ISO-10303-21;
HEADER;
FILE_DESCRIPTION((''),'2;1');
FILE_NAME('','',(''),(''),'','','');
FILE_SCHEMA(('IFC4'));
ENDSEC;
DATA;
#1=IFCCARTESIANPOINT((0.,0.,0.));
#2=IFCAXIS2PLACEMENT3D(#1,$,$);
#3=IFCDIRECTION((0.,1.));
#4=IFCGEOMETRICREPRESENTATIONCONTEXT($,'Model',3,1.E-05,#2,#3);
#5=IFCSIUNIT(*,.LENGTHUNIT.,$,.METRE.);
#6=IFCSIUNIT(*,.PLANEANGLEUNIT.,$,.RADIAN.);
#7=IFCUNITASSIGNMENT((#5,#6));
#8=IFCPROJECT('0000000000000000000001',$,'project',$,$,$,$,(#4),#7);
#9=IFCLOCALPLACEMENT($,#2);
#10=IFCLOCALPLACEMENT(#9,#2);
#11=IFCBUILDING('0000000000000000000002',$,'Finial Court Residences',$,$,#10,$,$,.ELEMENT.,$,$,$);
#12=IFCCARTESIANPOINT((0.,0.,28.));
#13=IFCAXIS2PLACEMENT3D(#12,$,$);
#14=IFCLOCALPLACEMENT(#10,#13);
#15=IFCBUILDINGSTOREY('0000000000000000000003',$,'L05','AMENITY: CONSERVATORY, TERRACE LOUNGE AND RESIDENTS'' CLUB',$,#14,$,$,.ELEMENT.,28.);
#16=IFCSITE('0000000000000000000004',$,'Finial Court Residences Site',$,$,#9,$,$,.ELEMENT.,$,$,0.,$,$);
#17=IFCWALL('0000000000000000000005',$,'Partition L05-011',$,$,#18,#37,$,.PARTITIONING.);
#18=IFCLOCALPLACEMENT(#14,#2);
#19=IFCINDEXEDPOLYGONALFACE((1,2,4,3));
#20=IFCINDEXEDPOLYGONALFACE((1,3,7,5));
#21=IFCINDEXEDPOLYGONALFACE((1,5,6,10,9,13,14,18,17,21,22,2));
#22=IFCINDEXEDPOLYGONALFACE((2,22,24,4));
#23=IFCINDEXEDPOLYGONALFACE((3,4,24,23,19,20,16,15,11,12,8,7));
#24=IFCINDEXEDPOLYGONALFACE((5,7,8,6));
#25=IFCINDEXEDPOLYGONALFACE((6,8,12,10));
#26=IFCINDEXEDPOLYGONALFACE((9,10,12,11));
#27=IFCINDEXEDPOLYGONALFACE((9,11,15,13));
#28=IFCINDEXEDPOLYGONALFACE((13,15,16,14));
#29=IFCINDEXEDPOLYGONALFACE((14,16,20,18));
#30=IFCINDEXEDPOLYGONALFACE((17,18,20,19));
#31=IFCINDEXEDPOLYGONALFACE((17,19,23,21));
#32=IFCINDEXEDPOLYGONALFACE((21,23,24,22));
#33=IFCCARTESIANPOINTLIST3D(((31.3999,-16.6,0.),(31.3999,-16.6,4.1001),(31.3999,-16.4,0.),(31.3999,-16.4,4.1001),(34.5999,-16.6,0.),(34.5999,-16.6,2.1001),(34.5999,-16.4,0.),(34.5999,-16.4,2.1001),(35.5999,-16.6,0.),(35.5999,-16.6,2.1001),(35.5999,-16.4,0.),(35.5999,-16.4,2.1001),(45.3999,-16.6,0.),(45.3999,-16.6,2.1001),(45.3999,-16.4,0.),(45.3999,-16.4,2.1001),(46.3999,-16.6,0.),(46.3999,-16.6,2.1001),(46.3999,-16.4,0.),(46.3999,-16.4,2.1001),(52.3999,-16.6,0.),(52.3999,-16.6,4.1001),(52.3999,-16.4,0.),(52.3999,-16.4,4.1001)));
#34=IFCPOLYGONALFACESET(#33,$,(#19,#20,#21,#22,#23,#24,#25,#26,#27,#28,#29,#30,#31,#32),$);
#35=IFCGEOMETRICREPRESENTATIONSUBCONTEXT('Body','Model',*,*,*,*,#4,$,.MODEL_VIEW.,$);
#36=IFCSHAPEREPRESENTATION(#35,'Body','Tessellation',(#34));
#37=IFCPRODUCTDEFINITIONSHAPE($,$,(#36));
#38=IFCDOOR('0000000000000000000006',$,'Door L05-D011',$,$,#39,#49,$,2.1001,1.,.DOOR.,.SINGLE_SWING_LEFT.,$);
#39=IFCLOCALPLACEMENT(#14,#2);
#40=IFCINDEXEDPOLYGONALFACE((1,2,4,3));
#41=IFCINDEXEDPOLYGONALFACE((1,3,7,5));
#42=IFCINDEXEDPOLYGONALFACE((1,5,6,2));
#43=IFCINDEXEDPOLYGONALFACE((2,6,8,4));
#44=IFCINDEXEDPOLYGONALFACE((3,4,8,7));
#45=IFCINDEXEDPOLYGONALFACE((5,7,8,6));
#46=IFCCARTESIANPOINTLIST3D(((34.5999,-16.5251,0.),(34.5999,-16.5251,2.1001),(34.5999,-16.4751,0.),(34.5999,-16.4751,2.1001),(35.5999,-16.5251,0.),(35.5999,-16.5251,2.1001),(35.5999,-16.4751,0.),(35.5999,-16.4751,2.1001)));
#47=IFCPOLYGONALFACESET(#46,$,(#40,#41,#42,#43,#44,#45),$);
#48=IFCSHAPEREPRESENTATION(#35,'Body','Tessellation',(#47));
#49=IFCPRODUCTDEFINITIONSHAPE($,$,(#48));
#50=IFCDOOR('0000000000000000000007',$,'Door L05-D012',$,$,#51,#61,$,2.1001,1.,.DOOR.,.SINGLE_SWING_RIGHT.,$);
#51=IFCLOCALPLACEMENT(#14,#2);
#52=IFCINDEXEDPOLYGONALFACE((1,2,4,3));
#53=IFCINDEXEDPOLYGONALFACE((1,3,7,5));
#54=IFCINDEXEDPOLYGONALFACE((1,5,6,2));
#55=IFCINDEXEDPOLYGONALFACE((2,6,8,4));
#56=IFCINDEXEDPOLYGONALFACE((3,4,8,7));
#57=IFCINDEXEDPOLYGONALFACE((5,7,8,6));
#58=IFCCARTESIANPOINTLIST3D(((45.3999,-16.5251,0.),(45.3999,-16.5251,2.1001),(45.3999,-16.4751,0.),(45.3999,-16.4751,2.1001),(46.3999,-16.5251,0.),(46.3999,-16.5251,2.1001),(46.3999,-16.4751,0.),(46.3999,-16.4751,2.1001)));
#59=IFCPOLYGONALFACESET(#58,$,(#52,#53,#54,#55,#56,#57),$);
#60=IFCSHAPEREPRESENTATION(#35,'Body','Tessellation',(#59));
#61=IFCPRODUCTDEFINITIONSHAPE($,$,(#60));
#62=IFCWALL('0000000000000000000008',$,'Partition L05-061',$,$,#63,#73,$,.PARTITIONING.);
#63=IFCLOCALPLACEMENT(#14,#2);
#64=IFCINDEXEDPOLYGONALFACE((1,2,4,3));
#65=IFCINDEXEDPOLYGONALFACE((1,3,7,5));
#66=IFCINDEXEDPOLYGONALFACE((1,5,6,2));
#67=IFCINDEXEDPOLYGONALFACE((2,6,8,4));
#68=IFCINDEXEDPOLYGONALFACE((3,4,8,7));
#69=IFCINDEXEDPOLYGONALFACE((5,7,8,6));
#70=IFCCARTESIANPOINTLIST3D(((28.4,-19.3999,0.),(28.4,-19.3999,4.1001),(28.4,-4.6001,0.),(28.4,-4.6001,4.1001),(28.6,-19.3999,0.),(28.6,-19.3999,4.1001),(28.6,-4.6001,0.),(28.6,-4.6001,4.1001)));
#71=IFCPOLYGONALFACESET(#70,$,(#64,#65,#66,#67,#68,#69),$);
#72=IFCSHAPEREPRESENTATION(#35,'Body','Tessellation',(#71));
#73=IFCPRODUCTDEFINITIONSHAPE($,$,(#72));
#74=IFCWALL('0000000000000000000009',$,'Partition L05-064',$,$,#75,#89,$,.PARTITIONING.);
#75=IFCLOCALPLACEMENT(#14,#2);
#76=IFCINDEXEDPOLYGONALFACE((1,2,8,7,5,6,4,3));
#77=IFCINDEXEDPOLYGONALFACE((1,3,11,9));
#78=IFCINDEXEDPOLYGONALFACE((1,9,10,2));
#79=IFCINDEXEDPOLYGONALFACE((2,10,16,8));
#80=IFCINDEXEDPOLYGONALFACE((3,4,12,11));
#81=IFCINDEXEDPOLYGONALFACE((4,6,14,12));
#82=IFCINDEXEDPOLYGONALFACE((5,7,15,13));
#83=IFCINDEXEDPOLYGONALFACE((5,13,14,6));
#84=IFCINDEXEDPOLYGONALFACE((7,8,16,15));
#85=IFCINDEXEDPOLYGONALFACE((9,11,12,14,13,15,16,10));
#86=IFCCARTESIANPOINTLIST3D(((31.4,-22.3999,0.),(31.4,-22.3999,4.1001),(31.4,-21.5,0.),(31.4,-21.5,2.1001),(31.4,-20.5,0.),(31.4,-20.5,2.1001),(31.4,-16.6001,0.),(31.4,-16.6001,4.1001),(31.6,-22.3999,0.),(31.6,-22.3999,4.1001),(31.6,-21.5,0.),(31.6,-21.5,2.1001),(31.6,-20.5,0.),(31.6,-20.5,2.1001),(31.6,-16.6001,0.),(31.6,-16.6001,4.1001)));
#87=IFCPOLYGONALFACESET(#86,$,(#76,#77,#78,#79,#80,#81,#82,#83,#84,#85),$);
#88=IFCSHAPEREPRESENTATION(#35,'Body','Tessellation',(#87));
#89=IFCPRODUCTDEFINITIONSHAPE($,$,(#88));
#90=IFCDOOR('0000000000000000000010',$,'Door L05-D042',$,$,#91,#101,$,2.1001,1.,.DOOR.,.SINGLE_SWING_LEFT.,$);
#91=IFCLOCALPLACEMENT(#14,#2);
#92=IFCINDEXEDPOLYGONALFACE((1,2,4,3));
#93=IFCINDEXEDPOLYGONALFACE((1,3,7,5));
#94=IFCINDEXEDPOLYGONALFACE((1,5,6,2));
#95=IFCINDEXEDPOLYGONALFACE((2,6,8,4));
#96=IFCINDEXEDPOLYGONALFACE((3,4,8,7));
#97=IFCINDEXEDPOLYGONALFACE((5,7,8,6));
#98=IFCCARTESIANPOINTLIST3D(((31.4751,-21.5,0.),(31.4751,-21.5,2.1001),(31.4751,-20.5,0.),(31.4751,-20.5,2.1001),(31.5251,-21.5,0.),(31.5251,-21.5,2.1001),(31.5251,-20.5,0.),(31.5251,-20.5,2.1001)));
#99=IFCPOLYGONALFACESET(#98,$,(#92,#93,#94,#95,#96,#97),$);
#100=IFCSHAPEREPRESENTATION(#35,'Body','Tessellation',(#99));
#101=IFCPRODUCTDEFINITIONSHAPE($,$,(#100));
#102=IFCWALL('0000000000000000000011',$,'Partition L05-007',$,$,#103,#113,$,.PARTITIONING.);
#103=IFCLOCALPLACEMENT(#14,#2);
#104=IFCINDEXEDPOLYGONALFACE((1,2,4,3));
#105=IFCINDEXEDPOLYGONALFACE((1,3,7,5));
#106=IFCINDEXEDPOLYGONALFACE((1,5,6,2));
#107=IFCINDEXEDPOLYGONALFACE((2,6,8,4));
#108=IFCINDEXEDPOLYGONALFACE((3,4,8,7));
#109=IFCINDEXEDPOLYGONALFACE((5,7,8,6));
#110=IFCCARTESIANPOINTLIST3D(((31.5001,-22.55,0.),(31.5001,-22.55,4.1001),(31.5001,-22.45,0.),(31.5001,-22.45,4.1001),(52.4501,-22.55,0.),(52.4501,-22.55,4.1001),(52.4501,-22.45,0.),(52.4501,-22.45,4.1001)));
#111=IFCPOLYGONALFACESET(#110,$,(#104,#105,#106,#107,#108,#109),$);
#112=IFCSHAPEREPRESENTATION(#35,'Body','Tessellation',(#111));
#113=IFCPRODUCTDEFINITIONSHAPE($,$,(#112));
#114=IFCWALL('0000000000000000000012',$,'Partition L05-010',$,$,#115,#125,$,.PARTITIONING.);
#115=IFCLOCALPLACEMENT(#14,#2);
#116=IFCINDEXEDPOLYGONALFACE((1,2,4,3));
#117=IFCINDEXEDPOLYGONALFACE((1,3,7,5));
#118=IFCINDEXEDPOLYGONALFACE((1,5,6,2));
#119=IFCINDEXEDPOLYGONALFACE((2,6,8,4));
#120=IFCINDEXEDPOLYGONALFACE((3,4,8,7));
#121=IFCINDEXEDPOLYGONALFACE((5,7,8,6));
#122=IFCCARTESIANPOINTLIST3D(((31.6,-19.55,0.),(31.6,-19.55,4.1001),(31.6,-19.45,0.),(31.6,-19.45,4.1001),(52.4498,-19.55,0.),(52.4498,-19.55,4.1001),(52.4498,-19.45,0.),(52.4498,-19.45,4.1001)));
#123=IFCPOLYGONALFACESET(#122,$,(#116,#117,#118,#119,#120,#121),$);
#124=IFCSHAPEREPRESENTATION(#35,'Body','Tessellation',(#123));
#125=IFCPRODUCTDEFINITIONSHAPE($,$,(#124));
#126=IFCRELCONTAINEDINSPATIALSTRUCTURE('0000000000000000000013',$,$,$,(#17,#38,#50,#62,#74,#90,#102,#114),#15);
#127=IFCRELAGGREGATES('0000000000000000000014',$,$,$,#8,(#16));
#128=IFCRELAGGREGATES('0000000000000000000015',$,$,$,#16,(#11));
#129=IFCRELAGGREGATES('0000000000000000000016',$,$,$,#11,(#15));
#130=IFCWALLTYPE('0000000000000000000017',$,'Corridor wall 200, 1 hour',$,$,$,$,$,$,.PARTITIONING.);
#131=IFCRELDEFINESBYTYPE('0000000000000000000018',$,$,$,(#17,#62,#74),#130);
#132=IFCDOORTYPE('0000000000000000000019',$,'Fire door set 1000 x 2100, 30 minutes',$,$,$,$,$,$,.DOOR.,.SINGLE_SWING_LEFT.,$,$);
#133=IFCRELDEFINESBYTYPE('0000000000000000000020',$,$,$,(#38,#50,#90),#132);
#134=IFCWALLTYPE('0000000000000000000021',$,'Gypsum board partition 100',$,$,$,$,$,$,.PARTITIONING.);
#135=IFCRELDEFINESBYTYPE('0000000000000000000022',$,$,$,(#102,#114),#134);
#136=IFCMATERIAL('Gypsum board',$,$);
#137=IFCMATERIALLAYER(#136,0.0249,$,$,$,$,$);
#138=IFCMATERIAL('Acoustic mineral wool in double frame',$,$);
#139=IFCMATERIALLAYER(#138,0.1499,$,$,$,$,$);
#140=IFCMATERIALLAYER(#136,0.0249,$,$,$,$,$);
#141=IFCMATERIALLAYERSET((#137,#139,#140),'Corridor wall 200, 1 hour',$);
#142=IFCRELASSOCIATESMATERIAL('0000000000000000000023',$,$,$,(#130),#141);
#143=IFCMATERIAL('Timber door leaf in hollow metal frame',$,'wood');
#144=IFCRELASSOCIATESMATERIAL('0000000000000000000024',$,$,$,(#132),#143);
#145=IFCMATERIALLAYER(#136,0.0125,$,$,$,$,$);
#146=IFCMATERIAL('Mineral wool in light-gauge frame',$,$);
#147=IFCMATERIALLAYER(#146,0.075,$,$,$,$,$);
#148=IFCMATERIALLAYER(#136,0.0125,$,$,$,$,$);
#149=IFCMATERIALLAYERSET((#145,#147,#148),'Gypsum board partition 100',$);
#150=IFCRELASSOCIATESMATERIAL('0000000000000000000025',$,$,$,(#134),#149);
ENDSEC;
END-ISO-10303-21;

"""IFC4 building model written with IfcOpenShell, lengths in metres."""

from ifc_helpers import new_model, si_unit, direction, frame, frame_2d, origin, place, context, subcontext, project, spatial, rectangle, extrude, material, layer, layer_set, type_object, element, fill, save


model = new_model("IFC4")

# Units and contexts
model_context = context("Model", 3, precision=1e-05, world=origin(), true_north=direction((0.0, 1.0)))
body_context = subcontext(model_context, "Body", "Model", "MODEL_VIEW")
ifc_project = project(units=[si_unit("LENGTHUNIT", "METRE"), si_unit("PLANEANGLEUNIT", "RADIAN")], contexts=[model_context])

# Site, building, storey
site_placement = place(None, origin())
site = spatial("IfcSite", under=ifc_project, at=site_placement, Name="Finial Court Residences Site", CompositionType="ELEMENT", RefElevation=0.0)
building_placement = place(site_placement, origin())
building = spatial("IfcBuilding", under=site, at=building_placement, Name="Finial Court Residences", CompositionType="ELEMENT")
storey_placement = place(building_placement, frame((0.0, 0.0, 28.0)))
storey = spatial("IfcBuildingStorey", under=building, at=storey_placement, Name="L05", Description="AMENITY: CONSERVATORY, TERRACE LOUNGE AND RESIDENTS' CLUB", CompositionType="ELEMENT", Elevation=28.0)

# Shared definitions
ifc_material_1 = material(Name="Gypsum board")
ifc_layer_1 = layer(ifc_material_1, 0.0249)
ifc_material_2 = material(Name="Acoustic mineral wool in double frame")
ifc_layer_2 = layer(ifc_material_2, 0.1499)
ifc_layer_3 = layer(ifc_material_1, 0.0249)
ifc_layer_set_1 = layer_set([ifc_layer_1, ifc_layer_2, ifc_layer_3], Name="Corridor wall 200, 1 hour")
wall_type_1 = type_object("IfcWallType", Name="Corridor wall 200, 1 hour", PredefinedType="PARTITIONING", material=ifc_layer_set_1)

# Wall, openings, doors
wall_1_placement = place(storey_placement, frame((31.3999, -16.5, 0.0), z_axis=(0.0, 0.0, 1.0), x_axis=(1.0, 0.0, 0.0)))
wall_1 = element("IfcWall", 1, at=wall_1_placement, inside=storey, type_object=wall_type_1, Name="Partition L05-011", PredefinedType="PARTITIONING", context=body_context, shape_type="SweptSolid", body=[
    extrude(rectangle(XDim=21.0, YDim=0.2, at=frame_2d((10.5, 0.0))), origin(), (0.0, 0.0, 1.0), 4.1001),
])
opening_1_placement = place(wall_1_placement, frame((3.2, 0.0, 0.0)))
opening_1 = element("IfcOpeningElement", 2, at=opening_1_placement, cuts=wall_1, PredefinedType="OPENING", context=body_context, shape_type="SweptSolid", body=[
    extrude(rectangle(XDim=1.0, YDim=2.1001, at=frame_2d((0.5, 1.05))), frame((0.0, 0.1099, 0.0), z_axis=(0.0, -1.0, 0.0), x_axis=(1.0, 0.0, 0.0)), (0.0, 0.0, 1.0), 0.22),
])
opening_2_placement = place(wall_1_placement, frame((14.0, 0.0, 0.0)))
opening_2 = element("IfcOpeningElement", 3, at=opening_2_placement, cuts=wall_1, PredefinedType="OPENING", context=body_context, shape_type="SweptSolid", body=[
    extrude(rectangle(XDim=1.0, YDim=2.1001, at=frame_2d((0.5, 1.05))), frame((0.0, 0.1099, 0.0), z_axis=(0.0, -1.0, 0.0), x_axis=(1.0, 0.0, 0.0)), (0.0, 0.0, 1.0), 0.22),
])
ifc_material_3 = material(Name="Timber door leaf in hollow metal frame", Category="wood")
door_type = type_object("IfcDoorType", Name="Fire door set 1000 x 2100, 30 minutes", OperationType="SINGLE_SWING_LEFT", PredefinedType="DOOR", material=ifc_material_3)
door_1_placement = place(opening_1_placement, origin())
door_1 = element("IfcDoor", 4, at=door_1_placement, inside=storey, type_object=door_type, Name="Door L05-D011", OperationType="SINGLE_SWING_LEFT", OverallHeight=2.1001, OverallWidth=1.0, PredefinedType="DOOR", context=body_context, shape_type="SweptSolid", body=[
    extrude(rectangle(XDim=1.0, YDim=2.1001, at=frame_2d((0.5, 1.05))), frame((0.0, 0.0249, 0.0), z_axis=(0.0, -1.0, 0.0), x_axis=(1.0, 0.0, 0.0)), (0.0, 0.0, 1.0), 0.05),
])
fill(opening_1, door_1)
door_2_placement = place(opening_2_placement, origin())
door_2 = element("IfcDoor", 5, at=door_2_placement, inside=storey, type_object=door_type, Name="Door L05-D012", OperationType="SINGLE_SWING_RIGHT", OverallHeight=2.1001, OverallWidth=1.0, PredefinedType="DOOR", context=body_context, shape_type="SweptSolid", body=[
    extrude(rectangle(XDim=1.0, YDim=2.1001, at=frame_2d((0.5, 1.05))), frame((0.0, 0.0249, 0.0), z_axis=(0.0, -1.0, 0.0), x_axis=(1.0, 0.0, 0.0)), (0.0, 0.0, 1.0), 0.05),
])
fill(opening_2, door_2)

# Wall
wall_2_placement = place(storey_placement, frame((28.5, -19.3999, 0.0), z_axis=(0.0, 0.0, 1.0), x_axis=(0.0, 1.0, 0.0)))
element("IfcWall", 6, at=wall_2_placement, inside=storey, type_object=wall_type_1, Name="Partition L05-061", PredefinedType="PARTITIONING", context=body_context, shape_type="SweptSolid", body=[
    extrude(rectangle(XDim=14.7998, YDim=0.2, at=frame_2d((7.3999, 0.0))), origin(), (0.0, 0.0, 1.0), 4.1001),
])

# Wall, opening, door
wall_3_placement = place(storey_placement, frame((31.5, -22.3999, 0.0), z_axis=(0.0, 0.0, 1.0), x_axis=(0.0, 1.0, 0.0)))
wall_3 = element("IfcWall", 7, at=wall_3_placement, inside=storey, type_object=wall_type_1, Name="Partition L05-064", PredefinedType="PARTITIONING", context=body_context, shape_type="SweptSolid", body=[
    extrude(rectangle(XDim=5.7998, YDim=0.2, at=frame_2d((2.8999, 0.0))), origin(), (0.0, 0.0, 1.0), 4.1001),
])
opening_3_placement = place(wall_3_placement, frame((0.8999, 0.0, 0.0)))
opening_3 = element("IfcOpeningElement", 8, at=opening_3_placement, cuts=wall_3, PredefinedType="OPENING", context=body_context, shape_type="SweptSolid", body=[
    extrude(rectangle(XDim=1.0, YDim=2.1001, at=frame_2d((0.5, 1.05))), frame((0.0, 0.1099, 0.0), z_axis=(0.0, -1.0, 0.0), x_axis=(1.0, 0.0, 0.0)), (0.0, 0.0, 1.0), 0.22),
])
door_3_placement = place(opening_3_placement, origin())
door_3 = element("IfcDoor", 9, at=door_3_placement, inside=storey, type_object=door_type, Name="Door L05-D042", OperationType="SINGLE_SWING_LEFT", OverallHeight=2.1001, OverallWidth=1.0, PredefinedType="DOOR", context=body_context, shape_type="SweptSolid", body=[
    extrude(rectangle(XDim=1.0, YDim=2.1001, at=frame_2d((0.5, 1.05))), frame((0.0, 0.0249, 0.0), z_axis=(0.0, -1.0, 0.0), x_axis=(1.0, 0.0, 0.0)), (0.0, 0.0, 1.0), 0.05),
])
fill(opening_3, door_3)

# Walls
ifc_layer_4 = layer(ifc_material_1, 0.0125)
ifc_material_4 = material(Name="Mineral wool in light-gauge frame")
ifc_layer_5 = layer(ifc_material_4, 0.075)
ifc_layer_6 = layer(ifc_material_1, 0.0125)
ifc_layer_set_2 = layer_set([ifc_layer_4, ifc_layer_5, ifc_layer_6], Name="Gypsum board partition 100")
wall_type_2 = type_object("IfcWallType", Name="Gypsum board partition 100", PredefinedType="PARTITIONING", material=ifc_layer_set_2)
wall_4_placement = place(storey_placement, frame((31.5, -22.5, 0.0), z_axis=(0.0, 0.0, 1.0), x_axis=(1.0, 0.0, 0.0)))
element("IfcWall", 10, at=wall_4_placement, inside=storey, type_object=wall_type_2, Name="Partition L05-007", PredefinedType="PARTITIONING", context=body_context, shape_type="SweptSolid", body=[
    extrude(rectangle(XDim=20.95, YDim=0.1001, at=frame_2d((10.4751, 0.0))), origin(), (0.0, 0.0, 1.0), 4.1001),
])
wall_5_placement = place(storey_placement, frame((31.6001, -19.5, 0.0), z_axis=(0.0, 0.0, 1.0), x_axis=(1.0, 0.0, 0.0)))
element("IfcWall", 11, at=wall_5_placement, inside=storey, type_object=wall_type_2, Name="Partition L05-010", PredefinedType="PARTITIONING", context=body_context, shape_type="SweptSolid", body=[
    extrude(rectangle(XDim=20.8499, YDim=0.1001, at=frame_2d((10.4248, 0.0))), origin(), (0.0, 0.0, 1.0), 4.1001),
])

save(model, "model.ifc")
